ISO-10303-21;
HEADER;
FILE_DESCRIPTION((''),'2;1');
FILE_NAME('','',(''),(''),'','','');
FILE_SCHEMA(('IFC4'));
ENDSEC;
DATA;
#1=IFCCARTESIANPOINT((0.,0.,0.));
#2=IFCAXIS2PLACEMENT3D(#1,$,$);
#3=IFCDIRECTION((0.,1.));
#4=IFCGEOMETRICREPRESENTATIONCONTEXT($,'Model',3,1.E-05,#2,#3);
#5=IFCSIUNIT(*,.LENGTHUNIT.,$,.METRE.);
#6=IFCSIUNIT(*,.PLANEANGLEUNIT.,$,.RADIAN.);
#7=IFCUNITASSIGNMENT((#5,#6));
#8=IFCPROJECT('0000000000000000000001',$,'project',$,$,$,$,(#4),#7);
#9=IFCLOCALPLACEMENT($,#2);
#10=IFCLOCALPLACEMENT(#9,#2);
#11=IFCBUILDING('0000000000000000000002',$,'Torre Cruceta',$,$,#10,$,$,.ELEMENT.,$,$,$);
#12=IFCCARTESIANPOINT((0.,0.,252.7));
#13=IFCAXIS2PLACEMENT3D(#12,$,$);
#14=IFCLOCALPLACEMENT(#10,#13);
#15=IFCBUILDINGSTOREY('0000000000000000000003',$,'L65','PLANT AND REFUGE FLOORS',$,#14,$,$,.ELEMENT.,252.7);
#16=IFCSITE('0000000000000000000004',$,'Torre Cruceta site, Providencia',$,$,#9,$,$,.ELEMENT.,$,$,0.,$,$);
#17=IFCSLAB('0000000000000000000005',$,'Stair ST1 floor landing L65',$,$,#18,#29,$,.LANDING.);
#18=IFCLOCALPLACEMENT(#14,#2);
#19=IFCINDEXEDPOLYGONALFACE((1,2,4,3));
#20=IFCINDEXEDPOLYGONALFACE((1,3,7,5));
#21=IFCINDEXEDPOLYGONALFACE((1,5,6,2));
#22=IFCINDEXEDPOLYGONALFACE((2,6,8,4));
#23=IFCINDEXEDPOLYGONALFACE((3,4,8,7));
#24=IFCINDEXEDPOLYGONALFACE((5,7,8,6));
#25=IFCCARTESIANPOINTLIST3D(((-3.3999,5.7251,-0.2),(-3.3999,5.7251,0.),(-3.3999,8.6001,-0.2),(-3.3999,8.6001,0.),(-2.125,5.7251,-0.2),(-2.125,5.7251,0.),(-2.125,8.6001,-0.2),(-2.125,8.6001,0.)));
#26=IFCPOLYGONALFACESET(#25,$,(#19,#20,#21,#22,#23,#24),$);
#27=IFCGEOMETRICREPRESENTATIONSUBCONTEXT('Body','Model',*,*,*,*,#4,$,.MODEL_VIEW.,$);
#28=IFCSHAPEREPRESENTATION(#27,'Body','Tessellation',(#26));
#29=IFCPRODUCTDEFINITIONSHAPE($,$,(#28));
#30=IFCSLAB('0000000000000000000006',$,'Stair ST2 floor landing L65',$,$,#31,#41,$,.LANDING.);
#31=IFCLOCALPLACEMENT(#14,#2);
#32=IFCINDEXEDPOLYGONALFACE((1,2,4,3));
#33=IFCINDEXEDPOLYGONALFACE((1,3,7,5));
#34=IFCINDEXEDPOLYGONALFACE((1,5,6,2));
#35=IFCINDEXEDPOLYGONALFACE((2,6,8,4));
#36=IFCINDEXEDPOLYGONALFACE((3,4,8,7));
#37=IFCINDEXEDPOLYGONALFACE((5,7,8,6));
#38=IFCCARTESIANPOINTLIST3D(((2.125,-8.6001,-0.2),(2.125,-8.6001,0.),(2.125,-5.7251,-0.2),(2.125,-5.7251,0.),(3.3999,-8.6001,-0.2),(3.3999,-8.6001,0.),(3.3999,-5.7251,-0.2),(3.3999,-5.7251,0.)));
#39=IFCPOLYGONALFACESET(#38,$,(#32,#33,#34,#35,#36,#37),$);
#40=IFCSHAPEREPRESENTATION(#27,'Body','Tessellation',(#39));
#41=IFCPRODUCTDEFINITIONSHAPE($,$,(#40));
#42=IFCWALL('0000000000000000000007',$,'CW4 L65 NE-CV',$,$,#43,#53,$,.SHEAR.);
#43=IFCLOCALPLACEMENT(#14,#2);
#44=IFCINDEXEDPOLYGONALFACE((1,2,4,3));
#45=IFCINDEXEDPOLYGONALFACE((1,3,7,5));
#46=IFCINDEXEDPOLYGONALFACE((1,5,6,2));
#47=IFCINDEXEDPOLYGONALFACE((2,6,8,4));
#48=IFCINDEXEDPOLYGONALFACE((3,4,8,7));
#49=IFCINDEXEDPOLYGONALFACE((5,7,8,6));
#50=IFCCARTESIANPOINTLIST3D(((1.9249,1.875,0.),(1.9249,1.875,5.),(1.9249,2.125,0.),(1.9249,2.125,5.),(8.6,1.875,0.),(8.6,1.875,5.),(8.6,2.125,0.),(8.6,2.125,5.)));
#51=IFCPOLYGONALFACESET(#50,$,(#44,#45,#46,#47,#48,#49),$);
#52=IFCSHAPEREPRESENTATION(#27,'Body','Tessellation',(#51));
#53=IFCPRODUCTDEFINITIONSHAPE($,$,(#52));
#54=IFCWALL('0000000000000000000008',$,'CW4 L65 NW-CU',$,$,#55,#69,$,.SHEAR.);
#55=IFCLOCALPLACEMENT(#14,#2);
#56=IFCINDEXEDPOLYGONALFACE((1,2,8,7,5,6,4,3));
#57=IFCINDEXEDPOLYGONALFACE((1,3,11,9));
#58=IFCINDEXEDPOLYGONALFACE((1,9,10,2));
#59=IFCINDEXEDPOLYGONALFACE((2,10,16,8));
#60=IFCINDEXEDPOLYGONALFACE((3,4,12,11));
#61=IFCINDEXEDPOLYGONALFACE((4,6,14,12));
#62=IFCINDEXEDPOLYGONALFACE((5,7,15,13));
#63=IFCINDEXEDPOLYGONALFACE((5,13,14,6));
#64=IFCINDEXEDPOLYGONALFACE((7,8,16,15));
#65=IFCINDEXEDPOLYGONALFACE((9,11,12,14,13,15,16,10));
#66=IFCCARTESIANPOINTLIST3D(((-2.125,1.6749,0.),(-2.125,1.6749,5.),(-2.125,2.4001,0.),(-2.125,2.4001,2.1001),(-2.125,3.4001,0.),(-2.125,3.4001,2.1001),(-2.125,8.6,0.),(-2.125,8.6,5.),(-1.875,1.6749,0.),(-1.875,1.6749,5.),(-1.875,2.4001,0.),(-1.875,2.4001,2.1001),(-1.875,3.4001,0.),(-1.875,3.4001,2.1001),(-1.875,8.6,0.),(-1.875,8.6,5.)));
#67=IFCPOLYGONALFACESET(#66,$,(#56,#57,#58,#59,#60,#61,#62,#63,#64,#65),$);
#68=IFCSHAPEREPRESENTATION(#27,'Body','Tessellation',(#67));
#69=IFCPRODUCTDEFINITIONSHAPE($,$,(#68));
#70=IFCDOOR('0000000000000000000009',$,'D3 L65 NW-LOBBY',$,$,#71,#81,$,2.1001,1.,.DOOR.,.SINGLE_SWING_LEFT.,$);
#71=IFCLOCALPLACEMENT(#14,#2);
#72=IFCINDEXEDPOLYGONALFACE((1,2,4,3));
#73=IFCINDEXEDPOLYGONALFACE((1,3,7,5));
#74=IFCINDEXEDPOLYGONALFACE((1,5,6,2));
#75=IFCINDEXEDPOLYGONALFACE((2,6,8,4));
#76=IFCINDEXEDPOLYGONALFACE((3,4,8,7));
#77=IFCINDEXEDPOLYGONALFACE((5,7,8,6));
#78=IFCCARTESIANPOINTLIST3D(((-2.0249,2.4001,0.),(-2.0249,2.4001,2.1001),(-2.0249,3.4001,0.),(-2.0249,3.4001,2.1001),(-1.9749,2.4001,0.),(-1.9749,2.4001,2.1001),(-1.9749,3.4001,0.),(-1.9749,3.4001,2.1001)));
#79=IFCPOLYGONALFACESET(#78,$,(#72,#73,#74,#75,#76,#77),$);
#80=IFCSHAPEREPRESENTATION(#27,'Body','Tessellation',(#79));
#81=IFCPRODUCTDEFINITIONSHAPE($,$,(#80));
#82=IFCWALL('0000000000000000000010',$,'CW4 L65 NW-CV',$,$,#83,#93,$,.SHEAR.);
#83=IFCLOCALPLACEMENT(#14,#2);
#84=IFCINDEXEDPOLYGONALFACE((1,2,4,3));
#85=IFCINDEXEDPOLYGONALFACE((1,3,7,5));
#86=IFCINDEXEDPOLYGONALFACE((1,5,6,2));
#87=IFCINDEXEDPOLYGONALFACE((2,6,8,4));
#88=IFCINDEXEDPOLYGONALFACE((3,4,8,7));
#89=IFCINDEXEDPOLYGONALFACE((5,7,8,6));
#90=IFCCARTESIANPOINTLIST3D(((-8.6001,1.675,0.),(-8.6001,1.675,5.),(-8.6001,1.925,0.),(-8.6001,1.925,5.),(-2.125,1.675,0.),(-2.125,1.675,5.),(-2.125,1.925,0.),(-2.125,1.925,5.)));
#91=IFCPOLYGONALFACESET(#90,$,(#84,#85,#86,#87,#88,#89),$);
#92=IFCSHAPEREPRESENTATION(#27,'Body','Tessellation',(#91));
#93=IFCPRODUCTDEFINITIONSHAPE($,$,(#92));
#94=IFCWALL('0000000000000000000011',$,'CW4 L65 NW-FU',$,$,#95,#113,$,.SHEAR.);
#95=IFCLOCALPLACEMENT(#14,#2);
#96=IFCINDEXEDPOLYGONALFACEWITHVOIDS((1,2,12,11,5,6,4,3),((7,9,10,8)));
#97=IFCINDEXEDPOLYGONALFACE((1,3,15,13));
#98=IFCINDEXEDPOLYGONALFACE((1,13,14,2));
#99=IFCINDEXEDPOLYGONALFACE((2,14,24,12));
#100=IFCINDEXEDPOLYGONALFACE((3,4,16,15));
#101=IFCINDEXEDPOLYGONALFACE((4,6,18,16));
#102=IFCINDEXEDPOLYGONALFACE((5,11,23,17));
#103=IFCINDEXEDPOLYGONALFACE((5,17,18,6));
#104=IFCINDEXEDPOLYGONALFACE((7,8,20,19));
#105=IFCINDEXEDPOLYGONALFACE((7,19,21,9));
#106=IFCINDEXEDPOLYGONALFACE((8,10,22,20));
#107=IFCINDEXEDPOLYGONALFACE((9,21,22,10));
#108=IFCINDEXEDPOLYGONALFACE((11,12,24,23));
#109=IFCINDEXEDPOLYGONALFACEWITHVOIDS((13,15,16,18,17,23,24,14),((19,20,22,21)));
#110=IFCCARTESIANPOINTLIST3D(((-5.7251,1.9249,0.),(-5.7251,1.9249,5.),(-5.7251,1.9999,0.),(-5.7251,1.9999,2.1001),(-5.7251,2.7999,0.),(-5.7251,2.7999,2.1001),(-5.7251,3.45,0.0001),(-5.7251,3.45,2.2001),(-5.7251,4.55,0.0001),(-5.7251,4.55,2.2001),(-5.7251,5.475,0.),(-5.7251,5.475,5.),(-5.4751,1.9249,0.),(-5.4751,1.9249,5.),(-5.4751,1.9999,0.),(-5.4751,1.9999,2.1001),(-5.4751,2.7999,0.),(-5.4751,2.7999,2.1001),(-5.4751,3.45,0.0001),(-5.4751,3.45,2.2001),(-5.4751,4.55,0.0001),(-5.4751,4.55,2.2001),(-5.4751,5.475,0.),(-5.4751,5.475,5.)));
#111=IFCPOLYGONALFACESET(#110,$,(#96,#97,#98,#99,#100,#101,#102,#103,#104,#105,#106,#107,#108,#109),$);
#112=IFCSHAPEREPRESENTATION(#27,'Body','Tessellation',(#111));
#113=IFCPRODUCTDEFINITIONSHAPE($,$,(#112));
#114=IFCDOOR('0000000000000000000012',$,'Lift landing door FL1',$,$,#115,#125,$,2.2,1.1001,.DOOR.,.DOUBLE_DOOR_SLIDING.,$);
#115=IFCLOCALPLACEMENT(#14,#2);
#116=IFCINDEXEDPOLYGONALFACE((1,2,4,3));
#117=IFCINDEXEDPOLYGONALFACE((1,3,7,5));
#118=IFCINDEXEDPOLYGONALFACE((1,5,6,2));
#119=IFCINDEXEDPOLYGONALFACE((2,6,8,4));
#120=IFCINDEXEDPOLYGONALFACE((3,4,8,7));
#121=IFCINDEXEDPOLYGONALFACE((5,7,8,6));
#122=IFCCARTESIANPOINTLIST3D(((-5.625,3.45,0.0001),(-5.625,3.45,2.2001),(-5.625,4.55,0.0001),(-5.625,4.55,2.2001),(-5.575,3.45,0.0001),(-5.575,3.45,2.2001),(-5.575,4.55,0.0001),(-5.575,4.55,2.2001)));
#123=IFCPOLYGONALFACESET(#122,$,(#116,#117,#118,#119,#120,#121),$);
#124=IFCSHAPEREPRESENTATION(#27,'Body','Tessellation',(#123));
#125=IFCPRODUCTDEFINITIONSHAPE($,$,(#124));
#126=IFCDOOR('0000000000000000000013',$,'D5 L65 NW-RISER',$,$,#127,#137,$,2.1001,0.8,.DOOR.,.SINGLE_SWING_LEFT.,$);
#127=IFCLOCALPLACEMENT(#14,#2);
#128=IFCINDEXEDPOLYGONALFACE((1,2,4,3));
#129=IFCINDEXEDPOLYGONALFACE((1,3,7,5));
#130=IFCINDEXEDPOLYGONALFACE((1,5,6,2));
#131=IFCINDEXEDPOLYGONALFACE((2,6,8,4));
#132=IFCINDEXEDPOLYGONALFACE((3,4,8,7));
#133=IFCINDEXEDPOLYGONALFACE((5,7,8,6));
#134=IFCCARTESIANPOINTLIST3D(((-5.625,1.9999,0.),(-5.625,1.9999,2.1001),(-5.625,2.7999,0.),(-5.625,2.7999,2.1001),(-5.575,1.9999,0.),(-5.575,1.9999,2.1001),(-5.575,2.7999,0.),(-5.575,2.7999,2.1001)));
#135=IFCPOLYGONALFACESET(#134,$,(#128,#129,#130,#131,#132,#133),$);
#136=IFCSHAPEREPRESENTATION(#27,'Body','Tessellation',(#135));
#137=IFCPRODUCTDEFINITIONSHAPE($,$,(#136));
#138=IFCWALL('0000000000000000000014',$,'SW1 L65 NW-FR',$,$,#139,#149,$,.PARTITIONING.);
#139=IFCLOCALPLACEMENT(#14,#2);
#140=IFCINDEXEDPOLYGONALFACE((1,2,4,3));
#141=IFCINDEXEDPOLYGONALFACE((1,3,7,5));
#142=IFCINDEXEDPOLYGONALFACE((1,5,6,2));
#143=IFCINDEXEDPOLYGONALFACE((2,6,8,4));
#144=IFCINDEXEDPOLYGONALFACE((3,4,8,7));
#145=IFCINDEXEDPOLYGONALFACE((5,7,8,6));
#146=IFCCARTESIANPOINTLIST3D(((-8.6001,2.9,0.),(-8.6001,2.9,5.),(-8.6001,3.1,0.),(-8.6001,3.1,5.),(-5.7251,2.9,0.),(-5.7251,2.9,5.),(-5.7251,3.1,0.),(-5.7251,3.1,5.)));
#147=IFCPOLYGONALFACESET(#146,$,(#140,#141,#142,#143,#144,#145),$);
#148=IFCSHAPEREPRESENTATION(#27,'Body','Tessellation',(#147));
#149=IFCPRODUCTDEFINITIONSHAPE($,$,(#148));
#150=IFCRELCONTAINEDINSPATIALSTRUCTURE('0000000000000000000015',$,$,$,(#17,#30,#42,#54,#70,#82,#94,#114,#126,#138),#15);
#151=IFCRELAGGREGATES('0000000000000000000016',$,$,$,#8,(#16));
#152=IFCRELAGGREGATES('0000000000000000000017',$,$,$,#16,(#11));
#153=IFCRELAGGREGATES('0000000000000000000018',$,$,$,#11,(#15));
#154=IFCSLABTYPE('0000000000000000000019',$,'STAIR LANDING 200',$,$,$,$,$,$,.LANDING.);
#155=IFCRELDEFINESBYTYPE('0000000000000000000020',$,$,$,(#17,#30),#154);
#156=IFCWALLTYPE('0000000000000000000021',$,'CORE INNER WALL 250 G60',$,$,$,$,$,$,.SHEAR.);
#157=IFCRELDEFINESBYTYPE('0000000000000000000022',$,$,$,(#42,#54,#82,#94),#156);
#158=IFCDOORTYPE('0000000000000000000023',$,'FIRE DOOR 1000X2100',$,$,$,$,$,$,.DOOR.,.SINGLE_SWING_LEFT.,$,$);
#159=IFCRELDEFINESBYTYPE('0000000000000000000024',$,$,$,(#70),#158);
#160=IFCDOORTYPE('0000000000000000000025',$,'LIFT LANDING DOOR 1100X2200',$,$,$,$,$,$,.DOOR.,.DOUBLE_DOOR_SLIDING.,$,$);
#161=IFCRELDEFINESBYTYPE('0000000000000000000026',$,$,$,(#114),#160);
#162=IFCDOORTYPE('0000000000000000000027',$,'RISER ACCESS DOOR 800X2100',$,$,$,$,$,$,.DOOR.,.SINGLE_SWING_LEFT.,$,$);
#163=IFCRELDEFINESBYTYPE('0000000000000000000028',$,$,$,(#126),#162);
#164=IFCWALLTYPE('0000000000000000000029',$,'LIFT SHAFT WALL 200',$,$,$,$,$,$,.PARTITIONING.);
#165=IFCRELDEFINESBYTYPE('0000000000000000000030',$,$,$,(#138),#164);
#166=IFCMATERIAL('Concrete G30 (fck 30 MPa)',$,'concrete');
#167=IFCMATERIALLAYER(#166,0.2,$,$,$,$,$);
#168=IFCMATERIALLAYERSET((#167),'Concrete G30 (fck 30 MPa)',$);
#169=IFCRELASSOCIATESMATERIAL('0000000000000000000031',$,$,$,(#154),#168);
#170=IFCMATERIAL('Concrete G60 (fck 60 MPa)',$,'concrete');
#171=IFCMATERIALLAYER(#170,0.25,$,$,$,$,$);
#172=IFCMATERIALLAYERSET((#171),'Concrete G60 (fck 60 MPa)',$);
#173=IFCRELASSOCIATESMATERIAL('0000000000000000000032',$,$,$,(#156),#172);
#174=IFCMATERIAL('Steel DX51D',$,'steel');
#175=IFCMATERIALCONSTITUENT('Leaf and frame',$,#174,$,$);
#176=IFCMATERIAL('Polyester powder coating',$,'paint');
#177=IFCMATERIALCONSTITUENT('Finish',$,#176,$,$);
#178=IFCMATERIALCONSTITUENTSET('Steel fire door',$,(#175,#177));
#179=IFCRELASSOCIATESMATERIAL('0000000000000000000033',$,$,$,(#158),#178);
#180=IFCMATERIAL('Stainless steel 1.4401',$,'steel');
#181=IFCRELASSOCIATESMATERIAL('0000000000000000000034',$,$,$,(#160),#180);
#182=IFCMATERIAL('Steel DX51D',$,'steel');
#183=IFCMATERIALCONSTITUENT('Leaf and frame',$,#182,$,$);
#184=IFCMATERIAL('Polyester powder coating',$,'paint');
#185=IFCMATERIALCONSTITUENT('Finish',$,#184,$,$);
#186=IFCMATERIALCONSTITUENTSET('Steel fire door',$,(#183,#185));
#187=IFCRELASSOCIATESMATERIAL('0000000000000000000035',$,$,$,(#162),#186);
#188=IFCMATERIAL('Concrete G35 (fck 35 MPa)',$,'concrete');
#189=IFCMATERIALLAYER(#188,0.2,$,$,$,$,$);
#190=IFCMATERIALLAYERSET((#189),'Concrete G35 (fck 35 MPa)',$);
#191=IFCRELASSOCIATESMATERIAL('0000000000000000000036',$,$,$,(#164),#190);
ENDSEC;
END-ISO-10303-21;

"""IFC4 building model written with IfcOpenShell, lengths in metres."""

from ifc_helpers import new_model, si_unit, direction, frame, frame_2d, origin, place, context, subcontext, project, spatial, polyline, rectangle, outline, extrude, material, layer, layer_set, constituent, constituent_set, type_object, element, fill, save


model = new_model("IFC4")

# Units and contexts
model_context = context("Model", 3, precision=1e-05, world=origin(), true_north=direction((0.0, 1.0)))
body_context = subcontext(model_context, "Body", "Model", "MODEL_VIEW")
ifc_project = project(units=[si_unit("LENGTHUNIT", "METRE"), si_unit("PLANEANGLEUNIT", "RADIAN")], contexts=[model_context])

# Site, building, storey
site_placement = place(None, origin())
site = spatial("IfcSite", under=ifc_project, at=site_placement, Name="Torre Cruceta site, Providencia", CompositionType="ELEMENT", RefElevation=0.0)
building_placement = place(site_placement, origin())
building = spatial("IfcBuilding", under=site, at=building_placement, Name="Torre Cruceta", CompositionType="ELEMENT")
storey_placement = place(building_placement, frame((0.0, 0.0, 252.7)))
storey = spatial("IfcBuildingStorey", under=building, at=storey_placement, Name="L65", Description="PLANT AND REFUGE FLOORS", CompositionType="ELEMENT", Elevation=252.7)

# Slabs
ifc_material_1 = material(Name="Concrete G30 (fck 30 MPa)", Category="concrete")
ifc_layer_1 = layer(ifc_material_1, 0.2)
ifc_layer_set_1 = layer_set([ifc_layer_1], Name="Concrete G30 (fck 30 MPa)")
slab_type = type_object("IfcSlabType", Name="STAIR LANDING 200", PredefinedType="LANDING", material=ifc_layer_set_1)
slab_1_placement = place(storey_placement, frame((0.0, 0.0, -0.2)))
element("IfcSlab", 1, at=slab_1_placement, inside=storey, type_object=slab_type, Name="Stair ST1 floor landing L65", PredefinedType="LANDING", context=body_context, shape_type="SweptSolid", body=[
    extrude(outline(polyline([(-2.125, 8.6001), (-2.125, 5.7251), (-3.3999, 5.7251), (-3.3999, 8.6001), (-2.125, 8.6001)])), origin(), (0.0, 0.0, 1.0), 0.2),
])
slab_2_placement = place(storey_placement, frame((0.0, 0.0, -0.2)))
element("IfcSlab", 2, at=slab_2_placement, inside=storey, type_object=slab_type, Name="Stair ST2 floor landing L65", PredefinedType="LANDING", context=body_context, shape_type="SweptSolid", body=[
    extrude(outline(polyline([(2.125, -8.6001), (2.125, -5.7251), (3.3999, -5.7251), (3.3999, -8.6001), (2.125, -8.6001)])), origin(), (0.0, 0.0, 1.0), 0.2),
])

# Shared definitions
ifc_material_2 = material(Name="Concrete G60 (fck 60 MPa)", Category="concrete")
ifc_layer_2 = layer(ifc_material_2, 0.25)
ifc_layer_set_2 = layer_set([ifc_layer_2], Name="Concrete G60 (fck 60 MPa)")
wall_type_1 = type_object("IfcWallType", Name="CORE INNER WALL 250 G60", PredefinedType="SHEAR", material=ifc_layer_set_2)

# Wall
wall_1_placement = place(storey_placement, frame((1.925, 2.0, 0.0), z_axis=(0.0, 0.0, 1.0), x_axis=(1.0, 0.0, 0.0)))
element("IfcWall", 3, at=wall_1_placement, inside=storey, type_object=wall_type_1, Name="CW4 L65 NE-CV", PredefinedType="SHEAR", context=body_context, shape_type="SweptSolid", body=[
    extrude(rectangle(XDim=6.675, YDim=0.25, at=frame_2d((3.3374, 0.0))), origin(), (0.0, 0.0, 1.0), 5.0),
])

# Wall, opening, door
wall_2_placement = place(storey_placement, frame((-2.0, 1.675, 0.0), z_axis=(0.0, 0.0, 1.0), x_axis=(0.0, 1.0, 0.0)))
wall_2 = element("IfcWall", 4, at=wall_2_placement, inside=storey, type_object=wall_type_1, Name="CW4 L65 NW-CU", PredefinedType="SHEAR", context=body_context, shape_type="SweptSolid", body=[
    extrude(rectangle(XDim=6.925, YDim=0.25, at=frame_2d((3.4624, 0.0))), origin(), (0.0, 0.0, 1.0), 5.0),
])
opening_1_placement = place(wall_2_placement, frame((0.7251, 0.0, 0.0)))
opening_1 = element("IfcOpeningElement", 5, at=opening_1_placement, cuts=wall_2, PredefinedType="OPENING", context=body_context, shape_type="SweptSolid", body=[
    extrude(rectangle(XDim=1.0, YDim=2.1001, at=frame_2d((0.5, 1.05))), frame((0.0, 0.135, 0.0), z_axis=(0.0, -1.0, 0.0), x_axis=(1.0, 0.0, 0.0)), (0.0, 0.0, 1.0), 0.27),
])
ifc_material_3 = material(Name="Steel DX51D", Category="steel")
ifc_constituent_1 = constituent(ifc_material_3, Name="Leaf and frame")
ifc_material_4 = material(Name="Polyester powder coating", Category="paint")
ifc_constituent_2 = constituent(ifc_material_4, Name="Finish")
ifc_constituent_set_1 = constituent_set(constituents=[ifc_constituent_1, ifc_constituent_2], Name="Steel fire door")
door_type_1 = type_object("IfcDoorType", Name="FIRE DOOR 1000X2100", OperationType="SINGLE_SWING_LEFT", PredefinedType="DOOR", material=ifc_constituent_set_1)
door_1_placement = place(opening_1_placement, origin())
door_1 = element("IfcDoor", 6, at=door_1_placement, inside=storey, type_object=door_type_1, Name="D3 L65 NW-LOBBY", OperationType="SINGLE_SWING_LEFT", OverallHeight=2.1001, OverallWidth=1.0, PredefinedType="DOOR", context=body_context, shape_type="SweptSolid", body=[
    extrude(rectangle(XDim=1.0, YDim=2.1001, at=frame_2d((0.5, 1.05))), frame((0.0, 0.0249, 0.0), z_axis=(0.0, -1.0, 0.0), x_axis=(1.0, 0.0, 0.0)), (0.0, 0.0, 1.0), 0.05),
])
fill(opening_1, door_1)

# Wall
wall_3_placement = place(storey_placement, frame((-2.125, 1.8, 0.0), z_axis=(0.0, 0.0, 1.0), x_axis=(-1.0, 0.0, 0.0)))
element("IfcWall", 7, at=wall_3_placement, inside=storey, type_object=wall_type_1, Name="CW4 L65 NW-CV", PredefinedType="SHEAR", context=body_context, shape_type="SweptSolid", body=[
    extrude(rectangle(XDim=6.4751, YDim=0.25, at=frame_2d((3.2375, 0.0))), origin(), (0.0, 0.0, 1.0), 5.0),
])

# Wall, openings, doors
wall_4_placement = place(storey_placement, frame((-5.6001, 1.925, 0.0), z_axis=(0.0, 0.0, 1.0), x_axis=(0.0, 1.0, 0.0)))
wall_4 = element("IfcWall", 8, at=wall_4_placement, inside=storey, type_object=wall_type_1, Name="CW4 L65 NW-FU", PredefinedType="SHEAR", context=body_context, shape_type="SweptSolid", body=[
    extrude(rectangle(XDim=3.55, YDim=0.25, at=frame_2d((1.7749, 0.0))), origin(), (0.0, 0.0, 1.0), 5.0),
])
opening_2_placement = place(wall_4_placement, frame((1.5249, 0.0, 0.0)))
opening_2 = element("IfcOpeningElement", 9, at=opening_2_placement, cuts=wall_4, PredefinedType="OPENING", context=body_context, shape_type="SweptSolid", body=[
    extrude(rectangle(XDim=1.1001, YDim=2.2, at=frame_2d((0.55, 1.1001))), frame((0.0, 0.135, 0.0), z_axis=(0.0, -1.0, 0.0), x_axis=(1.0, 0.0, 0.0)), (0.0, 0.0, 1.0), 0.27),
])
opening_3_placement = place(wall_4_placement, frame((0.075, 0.0, 0.0)))
opening_3 = element("IfcOpeningElement", 10, at=opening_3_placement, cuts=wall_4, PredefinedType="OPENING", context=body_context, shape_type="SweptSolid", body=[
    extrude(rectangle(XDim=0.8, YDim=2.1001, at=frame_2d((0.3999, 1.05))), frame((0.0, 0.135, 0.0), z_axis=(0.0, -1.0, 0.0), x_axis=(1.0, 0.0, 0.0)), (0.0, 0.0, 1.0), 0.27),
])
ifc_material_5 = material(Name="Stainless steel 1.4401", Category="steel")
door_type_2 = type_object("IfcDoorType", Name="LIFT LANDING DOOR 1100X2200", OperationType="DOUBLE_DOOR_SLIDING", PredefinedType="DOOR", material=ifc_material_5)
door_2_placement = place(opening_2_placement, origin())
door_2 = element("IfcDoor", 11, at=door_2_placement, inside=storey, type_object=door_type_2, Name="Lift landing door FL1", OperationType="DOUBLE_DOOR_SLIDING", OverallHeight=2.2, OverallWidth=1.1001, PredefinedType="DOOR", context=body_context, shape_type="SweptSolid", body=[
    extrude(rectangle(XDim=1.1001, YDim=2.2, at=frame_2d((0.55, 1.1001))), frame((0.0, 0.0249, 0.0), z_axis=(0.0, -1.0, 0.0), x_axis=(1.0, 0.0, 0.0)), (0.0, 0.0, 1.0), 0.05),
])
fill(opening_2, door_2)
ifc_material_6 = material(Name="Steel DX51D", Category="steel")
ifc_constituent_3 = constituent(ifc_material_6, Name="Leaf and frame")
ifc_material_7 = material(Name="Polyester powder coating", Category="paint")
ifc_constituent_4 = constituent(ifc_material_7, Name="Finish")
ifc_constituent_set_2 = constituent_set(constituents=[ifc_constituent_3, ifc_constituent_4], Name="Steel fire door")
door_type_3 = type_object("IfcDoorType", Name="RISER ACCESS DOOR 800X2100", OperationType="SINGLE_SWING_LEFT", PredefinedType="DOOR", material=ifc_constituent_set_2)
door_3_placement = place(opening_3_placement, origin())
door_3 = element("IfcDoor", 12, at=door_3_placement, inside=storey, type_object=door_type_3, Name="D5 L65 NW-RISER", OperationType="SINGLE_SWING_LEFT", OverallHeight=2.1001, OverallWidth=0.8, PredefinedType="DOOR", context=body_context, shape_type="SweptSolid", body=[
    extrude(rectangle(XDim=0.8, YDim=2.1001, at=frame_2d((0.3999, 1.05))), frame((0.0, 0.0249, 0.0), z_axis=(0.0, -1.0, 0.0), x_axis=(1.0, 0.0, 0.0)), (0.0, 0.0, 1.0), 0.05),
])
fill(opening_3, door_3)

# Wall
ifc_material_8 = material(Name="Concrete G35 (fck 35 MPa)", Category="concrete")
ifc_layer_3 = layer(ifc_material_8, 0.2)
ifc_layer_set_3 = layer_set([ifc_layer_3], Name="Concrete G35 (fck 35 MPa)")
wall_type_2 = type_object("IfcWallType", Name="LIFT SHAFT WALL 200", PredefinedType="PARTITIONING", material=ifc_layer_set_3)
wall_5_placement = place(storey_placement, frame((-5.7251, 3.0, 0.0), z_axis=(0.0, 0.0, 1.0), x_axis=(-1.0, 0.0, 0.0)))
element("IfcWall", 13, at=wall_5_placement, inside=storey, type_object=wall_type_2, Name="SW1 L65 NW-FR", PredefinedType="PARTITIONING", context=body_context, shape_type="SweptSolid", body=[
    extrude(rectangle(XDim=2.875, YDim=0.2, at=frame_2d((1.4375, 0.0))), origin(), (0.0, 0.0, 1.0), 5.0),
])

save(model, "model.ifc")
